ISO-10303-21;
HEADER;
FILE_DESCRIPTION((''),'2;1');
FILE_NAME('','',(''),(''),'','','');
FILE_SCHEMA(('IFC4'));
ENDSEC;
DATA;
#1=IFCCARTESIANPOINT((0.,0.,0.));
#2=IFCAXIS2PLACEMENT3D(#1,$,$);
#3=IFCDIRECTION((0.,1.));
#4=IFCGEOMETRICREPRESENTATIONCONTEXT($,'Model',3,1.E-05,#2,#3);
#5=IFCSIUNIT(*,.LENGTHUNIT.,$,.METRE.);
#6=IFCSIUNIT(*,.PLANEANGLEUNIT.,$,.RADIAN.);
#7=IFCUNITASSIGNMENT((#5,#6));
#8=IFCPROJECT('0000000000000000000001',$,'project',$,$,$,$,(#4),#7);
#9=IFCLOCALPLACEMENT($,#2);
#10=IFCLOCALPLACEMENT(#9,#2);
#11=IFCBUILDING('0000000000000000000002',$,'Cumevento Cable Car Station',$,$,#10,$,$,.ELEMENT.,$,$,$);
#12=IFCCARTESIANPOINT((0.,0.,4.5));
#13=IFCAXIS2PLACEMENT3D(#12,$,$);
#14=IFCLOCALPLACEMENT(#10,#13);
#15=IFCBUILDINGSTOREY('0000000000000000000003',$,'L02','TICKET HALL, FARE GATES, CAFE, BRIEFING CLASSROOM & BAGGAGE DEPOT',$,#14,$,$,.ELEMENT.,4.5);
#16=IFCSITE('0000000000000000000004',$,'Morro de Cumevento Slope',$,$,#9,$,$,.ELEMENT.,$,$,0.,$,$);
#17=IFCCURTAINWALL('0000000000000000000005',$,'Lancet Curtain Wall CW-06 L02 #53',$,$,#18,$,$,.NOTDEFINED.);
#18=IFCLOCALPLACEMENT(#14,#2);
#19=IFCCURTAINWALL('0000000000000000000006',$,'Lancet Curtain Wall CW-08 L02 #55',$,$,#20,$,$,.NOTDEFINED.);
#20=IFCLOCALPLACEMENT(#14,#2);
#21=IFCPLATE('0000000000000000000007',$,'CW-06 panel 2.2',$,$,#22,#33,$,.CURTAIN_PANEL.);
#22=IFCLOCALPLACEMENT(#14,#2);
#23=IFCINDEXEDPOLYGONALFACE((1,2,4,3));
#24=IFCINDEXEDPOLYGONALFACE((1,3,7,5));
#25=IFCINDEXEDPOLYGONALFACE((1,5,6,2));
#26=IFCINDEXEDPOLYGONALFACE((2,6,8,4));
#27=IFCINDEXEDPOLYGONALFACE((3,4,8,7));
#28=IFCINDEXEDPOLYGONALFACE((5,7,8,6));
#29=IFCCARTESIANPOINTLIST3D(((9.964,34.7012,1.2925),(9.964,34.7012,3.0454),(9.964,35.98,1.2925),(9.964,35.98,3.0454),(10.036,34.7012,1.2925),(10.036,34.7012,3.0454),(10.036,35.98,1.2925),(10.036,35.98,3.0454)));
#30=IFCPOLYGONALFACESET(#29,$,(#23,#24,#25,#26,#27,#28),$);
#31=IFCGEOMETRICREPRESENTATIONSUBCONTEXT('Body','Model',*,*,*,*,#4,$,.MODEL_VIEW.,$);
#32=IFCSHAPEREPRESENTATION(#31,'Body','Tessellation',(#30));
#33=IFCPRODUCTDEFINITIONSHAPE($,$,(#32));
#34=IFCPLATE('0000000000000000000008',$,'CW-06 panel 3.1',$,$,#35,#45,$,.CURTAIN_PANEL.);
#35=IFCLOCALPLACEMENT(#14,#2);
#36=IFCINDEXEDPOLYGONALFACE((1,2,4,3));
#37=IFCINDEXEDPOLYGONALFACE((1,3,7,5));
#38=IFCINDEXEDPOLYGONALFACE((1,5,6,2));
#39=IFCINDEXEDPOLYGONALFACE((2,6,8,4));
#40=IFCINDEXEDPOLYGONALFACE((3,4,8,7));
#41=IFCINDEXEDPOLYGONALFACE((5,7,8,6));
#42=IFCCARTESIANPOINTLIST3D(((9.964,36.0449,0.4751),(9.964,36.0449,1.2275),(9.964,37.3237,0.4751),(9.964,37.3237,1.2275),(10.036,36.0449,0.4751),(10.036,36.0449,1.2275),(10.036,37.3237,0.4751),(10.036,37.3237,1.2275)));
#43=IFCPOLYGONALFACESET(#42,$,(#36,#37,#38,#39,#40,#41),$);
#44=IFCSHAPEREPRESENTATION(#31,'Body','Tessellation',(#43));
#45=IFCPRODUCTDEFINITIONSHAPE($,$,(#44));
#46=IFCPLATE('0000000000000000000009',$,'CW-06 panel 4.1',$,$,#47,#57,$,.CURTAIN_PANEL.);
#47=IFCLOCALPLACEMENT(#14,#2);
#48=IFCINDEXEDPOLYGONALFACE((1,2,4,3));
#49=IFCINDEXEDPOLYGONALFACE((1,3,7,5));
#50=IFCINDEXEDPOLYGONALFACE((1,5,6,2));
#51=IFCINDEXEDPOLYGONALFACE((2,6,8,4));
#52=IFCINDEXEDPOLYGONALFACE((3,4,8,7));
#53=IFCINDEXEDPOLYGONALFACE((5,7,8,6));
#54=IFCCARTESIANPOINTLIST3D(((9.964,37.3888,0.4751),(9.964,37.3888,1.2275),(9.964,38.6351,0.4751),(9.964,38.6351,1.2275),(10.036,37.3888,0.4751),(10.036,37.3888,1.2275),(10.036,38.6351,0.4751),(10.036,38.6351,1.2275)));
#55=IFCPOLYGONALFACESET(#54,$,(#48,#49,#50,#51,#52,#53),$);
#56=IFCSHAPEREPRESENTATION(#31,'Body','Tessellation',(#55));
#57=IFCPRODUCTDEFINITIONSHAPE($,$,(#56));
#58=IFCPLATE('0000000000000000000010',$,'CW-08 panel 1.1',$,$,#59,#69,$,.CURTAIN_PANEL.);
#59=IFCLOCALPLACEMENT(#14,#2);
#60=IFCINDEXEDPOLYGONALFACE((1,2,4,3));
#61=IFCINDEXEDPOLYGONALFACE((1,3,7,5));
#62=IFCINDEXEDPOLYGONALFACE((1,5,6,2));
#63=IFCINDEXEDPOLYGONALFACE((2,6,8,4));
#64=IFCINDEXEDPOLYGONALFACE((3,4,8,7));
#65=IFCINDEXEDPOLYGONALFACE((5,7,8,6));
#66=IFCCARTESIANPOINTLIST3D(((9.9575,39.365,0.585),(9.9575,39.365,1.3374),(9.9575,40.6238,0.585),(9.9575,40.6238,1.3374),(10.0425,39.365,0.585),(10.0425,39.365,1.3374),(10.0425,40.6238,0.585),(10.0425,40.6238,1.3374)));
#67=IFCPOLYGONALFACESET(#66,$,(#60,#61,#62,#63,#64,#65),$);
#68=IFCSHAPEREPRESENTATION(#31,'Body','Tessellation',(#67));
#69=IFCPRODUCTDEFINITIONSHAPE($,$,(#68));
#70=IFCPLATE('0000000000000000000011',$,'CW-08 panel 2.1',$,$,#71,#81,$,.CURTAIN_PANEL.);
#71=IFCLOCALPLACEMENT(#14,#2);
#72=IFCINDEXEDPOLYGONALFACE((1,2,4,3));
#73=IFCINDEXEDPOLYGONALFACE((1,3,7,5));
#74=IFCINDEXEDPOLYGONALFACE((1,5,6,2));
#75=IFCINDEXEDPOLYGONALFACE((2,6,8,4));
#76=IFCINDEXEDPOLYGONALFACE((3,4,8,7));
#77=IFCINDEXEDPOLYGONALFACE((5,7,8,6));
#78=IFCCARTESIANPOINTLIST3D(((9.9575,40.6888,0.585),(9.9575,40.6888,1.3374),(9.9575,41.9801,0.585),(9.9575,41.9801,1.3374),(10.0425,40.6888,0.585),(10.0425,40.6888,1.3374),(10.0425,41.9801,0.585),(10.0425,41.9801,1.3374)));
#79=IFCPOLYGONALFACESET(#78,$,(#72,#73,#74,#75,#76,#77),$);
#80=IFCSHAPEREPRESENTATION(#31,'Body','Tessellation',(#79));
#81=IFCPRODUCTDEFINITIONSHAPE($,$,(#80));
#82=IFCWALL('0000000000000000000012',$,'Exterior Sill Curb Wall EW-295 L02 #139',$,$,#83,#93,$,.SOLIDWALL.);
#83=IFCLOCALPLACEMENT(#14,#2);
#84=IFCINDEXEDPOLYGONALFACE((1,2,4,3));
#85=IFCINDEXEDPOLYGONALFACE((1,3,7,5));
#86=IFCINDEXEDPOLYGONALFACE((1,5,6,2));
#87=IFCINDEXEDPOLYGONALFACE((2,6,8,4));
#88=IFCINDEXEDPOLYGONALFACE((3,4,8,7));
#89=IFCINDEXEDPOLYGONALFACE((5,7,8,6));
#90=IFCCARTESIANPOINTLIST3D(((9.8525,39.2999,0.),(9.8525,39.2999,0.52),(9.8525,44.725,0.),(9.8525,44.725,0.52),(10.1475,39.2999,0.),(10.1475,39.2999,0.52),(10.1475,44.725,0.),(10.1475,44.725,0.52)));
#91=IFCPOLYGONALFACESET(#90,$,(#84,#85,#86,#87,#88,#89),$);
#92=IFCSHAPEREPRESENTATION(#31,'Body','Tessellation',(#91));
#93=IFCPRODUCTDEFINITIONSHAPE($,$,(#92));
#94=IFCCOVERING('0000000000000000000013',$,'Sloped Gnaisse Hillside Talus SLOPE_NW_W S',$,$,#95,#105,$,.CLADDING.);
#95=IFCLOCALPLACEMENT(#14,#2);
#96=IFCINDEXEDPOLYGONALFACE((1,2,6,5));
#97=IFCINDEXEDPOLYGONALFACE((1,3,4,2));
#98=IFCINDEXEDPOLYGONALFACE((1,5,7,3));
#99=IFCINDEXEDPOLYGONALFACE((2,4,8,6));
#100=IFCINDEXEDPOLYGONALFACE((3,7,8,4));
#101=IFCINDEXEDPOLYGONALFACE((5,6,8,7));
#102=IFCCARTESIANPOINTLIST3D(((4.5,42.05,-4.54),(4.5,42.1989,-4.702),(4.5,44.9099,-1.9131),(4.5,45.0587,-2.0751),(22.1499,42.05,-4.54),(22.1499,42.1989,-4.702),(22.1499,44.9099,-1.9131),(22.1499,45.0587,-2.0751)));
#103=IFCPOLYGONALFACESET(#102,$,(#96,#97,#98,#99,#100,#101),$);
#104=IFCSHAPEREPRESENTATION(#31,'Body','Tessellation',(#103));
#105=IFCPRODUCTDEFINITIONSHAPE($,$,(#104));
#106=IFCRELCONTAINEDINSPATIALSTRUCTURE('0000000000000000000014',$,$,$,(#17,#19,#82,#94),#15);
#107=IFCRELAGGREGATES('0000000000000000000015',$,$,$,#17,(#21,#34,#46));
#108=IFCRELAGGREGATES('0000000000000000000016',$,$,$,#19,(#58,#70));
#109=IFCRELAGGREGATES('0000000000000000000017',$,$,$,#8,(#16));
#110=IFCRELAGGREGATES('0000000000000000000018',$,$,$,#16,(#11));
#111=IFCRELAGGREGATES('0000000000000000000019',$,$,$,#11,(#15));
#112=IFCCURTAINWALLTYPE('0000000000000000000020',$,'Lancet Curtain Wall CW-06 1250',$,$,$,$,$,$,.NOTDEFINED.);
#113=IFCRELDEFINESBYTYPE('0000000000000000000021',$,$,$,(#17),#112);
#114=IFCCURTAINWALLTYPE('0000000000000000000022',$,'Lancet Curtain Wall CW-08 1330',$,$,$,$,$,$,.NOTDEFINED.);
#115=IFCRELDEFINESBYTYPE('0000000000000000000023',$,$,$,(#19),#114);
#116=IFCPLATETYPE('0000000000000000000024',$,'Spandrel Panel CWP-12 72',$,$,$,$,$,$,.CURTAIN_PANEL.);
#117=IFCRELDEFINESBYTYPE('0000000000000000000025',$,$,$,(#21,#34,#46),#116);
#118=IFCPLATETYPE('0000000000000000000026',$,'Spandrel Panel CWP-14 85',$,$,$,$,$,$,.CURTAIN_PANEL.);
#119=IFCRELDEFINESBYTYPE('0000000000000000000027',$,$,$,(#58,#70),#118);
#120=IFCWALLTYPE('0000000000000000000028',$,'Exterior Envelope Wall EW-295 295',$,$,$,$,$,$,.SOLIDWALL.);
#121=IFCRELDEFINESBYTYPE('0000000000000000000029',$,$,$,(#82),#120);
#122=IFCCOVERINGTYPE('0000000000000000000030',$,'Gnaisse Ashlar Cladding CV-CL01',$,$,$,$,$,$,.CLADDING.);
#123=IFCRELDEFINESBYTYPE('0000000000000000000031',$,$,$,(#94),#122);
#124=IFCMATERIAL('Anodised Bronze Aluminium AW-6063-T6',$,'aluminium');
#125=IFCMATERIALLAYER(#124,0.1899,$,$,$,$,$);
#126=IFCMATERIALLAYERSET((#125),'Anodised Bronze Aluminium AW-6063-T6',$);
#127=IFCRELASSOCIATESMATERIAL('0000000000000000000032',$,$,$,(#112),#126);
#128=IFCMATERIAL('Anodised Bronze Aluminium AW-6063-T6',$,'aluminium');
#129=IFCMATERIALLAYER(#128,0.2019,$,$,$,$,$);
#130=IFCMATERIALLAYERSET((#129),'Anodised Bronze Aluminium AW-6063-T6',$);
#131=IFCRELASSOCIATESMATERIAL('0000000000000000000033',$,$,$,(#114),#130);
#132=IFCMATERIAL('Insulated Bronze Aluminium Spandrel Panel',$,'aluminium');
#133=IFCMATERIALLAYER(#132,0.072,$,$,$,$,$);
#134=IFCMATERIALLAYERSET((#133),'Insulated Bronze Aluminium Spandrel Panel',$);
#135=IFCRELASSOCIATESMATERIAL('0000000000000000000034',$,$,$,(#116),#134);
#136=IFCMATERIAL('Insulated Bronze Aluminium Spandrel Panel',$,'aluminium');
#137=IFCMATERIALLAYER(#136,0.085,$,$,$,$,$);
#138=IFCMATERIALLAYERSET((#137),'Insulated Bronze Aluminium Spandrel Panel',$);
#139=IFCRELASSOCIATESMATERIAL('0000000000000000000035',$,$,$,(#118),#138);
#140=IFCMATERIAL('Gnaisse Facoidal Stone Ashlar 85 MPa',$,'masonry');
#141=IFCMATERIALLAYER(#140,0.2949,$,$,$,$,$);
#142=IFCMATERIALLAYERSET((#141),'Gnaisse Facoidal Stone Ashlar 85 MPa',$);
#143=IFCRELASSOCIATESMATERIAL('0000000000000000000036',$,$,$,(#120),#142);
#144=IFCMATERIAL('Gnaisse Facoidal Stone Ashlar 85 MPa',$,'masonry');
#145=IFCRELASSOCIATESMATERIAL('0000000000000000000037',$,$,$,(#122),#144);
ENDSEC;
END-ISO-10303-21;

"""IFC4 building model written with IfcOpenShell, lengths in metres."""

from ifc_helpers import new_model, si_unit, direction, frame, frame_2d, origin, origin_2d, place, context, subcontext, project, spatial, polyline, rectangle, outline, extrude, material, layer, layer_set, type_object, element, aggregate, save


model = new_model("IFC4")

# Units and contexts
model_context = context("Model", 3, precision=1e-05, world=origin(), true_north=direction((0.0, 1.0)))
body_context = subcontext(model_context, "Body", "Model", "MODEL_VIEW")
ifc_project = project(units=[si_unit("LENGTHUNIT", "METRE"), si_unit("PLANEANGLEUNIT", "RADIAN")], contexts=[model_context])

# Site, building, storey
site_placement = place(None, origin())
site = spatial("IfcSite", under=ifc_project, at=site_placement, Name="Morro de Cumevento Slope", CompositionType="ELEMENT", RefElevation=0.0)
building_placement = place(site_placement, origin())
building = spatial("IfcBuilding", under=site, at=building_placement, Name="Cumevento Cable Car Station", CompositionType="ELEMENT")
storey_placement = place(building_placement, frame((0.0, 0.0, 4.5)))
storey = spatial("IfcBuildingStorey", under=building, at=storey_placement, Name="L02", Description="TICKET HALL, FARE GATES, CAFE, BRIEFING CLASSROOM & BAGGAGE DEPOT", CompositionType="ELEMENT", Elevation=4.5)

# Curtain walls
ifc_material_1 = material(Name="Anodised Bronze Aluminium AW-6063-T6", Category="aluminium")
ifc_layer_1 = layer(ifc_material_1, 0.1899)
ifc_layer_set_1 = layer_set([ifc_layer_1], Name="Anodised Bronze Aluminium AW-6063-T6")
curtain_wall_type_1 = type_object("IfcCurtainWallType", Name="Lancet Curtain Wall CW-06 1250", PredefinedType="NOTDEFINED", material=ifc_layer_set_1)
curtain_wall_1_placement = place(storey_placement, origin())
curtain_wall_1 = element("IfcCurtainWall", 1, at=curtain_wall_1_placement, inside=storey, type_object=curtain_wall_type_1, Name="Lancet Curtain Wall CW-06 L02 #53", PredefinedType="NOTDEFINED")
ifc_material_2 = material(Name="Anodised Bronze Aluminium AW-6063-T6", Category="aluminium")
ifc_layer_2 = layer(ifc_material_2, 0.2019)
ifc_layer_set_2 = layer_set([ifc_layer_2], Name="Anodised Bronze Aluminium AW-6063-T6")
curtain_wall_type_2 = type_object("IfcCurtainWallType", Name="Lancet Curtain Wall CW-08 1330", PredefinedType="NOTDEFINED", material=ifc_layer_set_2)
curtain_wall_2_placement = place(storey_placement, origin())
curtain_wall_2 = element("IfcCurtainWall", 2, at=curtain_wall_2_placement, inside=storey, type_object=curtain_wall_type_2, Name="Lancet Curtain Wall CW-08 L02 #55", PredefinedType="NOTDEFINED")

# Plates
ifc_material_3 = material(Name="Insulated Bronze Aluminium Spandrel Panel", Category="aluminium")
ifc_layer_3 = layer(ifc_material_3, 0.072)
ifc_layer_set_3 = layer_set([ifc_layer_3], Name="Insulated Bronze Aluminium Spandrel Panel")
plate_type_1 = type_object("IfcPlateType", Name="Spandrel Panel CWP-12 72", PredefinedType="CURTAIN_PANEL", material=ifc_layer_set_3)
plate_1_placement = place(storey_placement, frame((10.0, 35.3406, 1.2925), z_axis=(0.0, 0.0, 1.0), x_axis=(0.0, 1.0, 0.0)))
plate_1 = element("IfcPlate", 3, at=plate_1_placement, type_object=plate_type_1, Name="CW-06 panel 2.2", PredefinedType="CURTAIN_PANEL", context=body_context, shape_type="SweptSolid", body=[
    extrude(rectangle(XDim=1.2788, YDim=0.072, at=origin_2d()), origin(), (0.0, 0.0, 1.0), 1.7529),
])
plate_2_placement = place(storey_placement, frame((10.0, 36.6843, 0.4751), z_axis=(0.0, 0.0, 1.0), x_axis=(0.0, 1.0, 0.0)))
plate_2 = element("IfcPlate", 4, at=plate_2_placement, type_object=plate_type_1, Name="CW-06 panel 3.1", PredefinedType="CURTAIN_PANEL", context=body_context, shape_type="SweptSolid", body=[
    extrude(rectangle(XDim=1.2788, YDim=0.072, at=origin_2d()), origin(), (0.0, 0.0, 1.0), 0.7524),
])
plate_3_placement = place(storey_placement, frame((10.0, 38.012, 0.4751), z_axis=(0.0, 0.0, 1.0), x_axis=(0.0, 1.0, 0.0)))
plate_3 = element("IfcPlate", 5, at=plate_3_placement, type_object=plate_type_1, Name="CW-06 panel 4.1", PredefinedType="CURTAIN_PANEL", context=body_context, shape_type="SweptSolid", body=[
    extrude(rectangle(XDim=1.2463, YDim=0.072, at=origin_2d()), origin(), (0.0, 0.0, 1.0), 0.7524),
])
aggregate(curtain_wall_1, [plate_1, plate_2, plate_3])
ifc_material_4 = material(Name="Insulated Bronze Aluminium Spandrel Panel", Category="aluminium")
ifc_layer_4 = layer(ifc_material_4, 0.085)
ifc_layer_set_4 = layer_set([ifc_layer_4], Name="Insulated Bronze Aluminium Spandrel Panel")
plate_type_2 = type_object("IfcPlateType", Name="Spandrel Panel CWP-14 85", PredefinedType="CURTAIN_PANEL", material=ifc_layer_set_4)
plate_4_placement = place(storey_placement, frame((10.0, 39.9944, 0.585), z_axis=(0.0, 0.0, 1.0), x_axis=(0.0, 1.0, 0.0)))
plate_4 = element("IfcPlate", 6, at=plate_4_placement, type_object=plate_type_2, Name="CW-08 panel 1.1", PredefinedType="CURTAIN_PANEL", context=body_context, shape_type="SweptSolid", body=[
    extrude(rectangle(XDim=1.2588, YDim=0.085, at=origin_2d()), origin(), (0.0, 0.0, 1.0), 0.7524),
])
plate_5_placement = place(storey_placement, frame((10.0, 41.3345, 0.585), z_axis=(0.0, 0.0, 1.0), x_axis=(0.0, 1.0, 0.0)))
plate_5 = element("IfcPlate", 7, at=plate_5_placement, type_object=plate_type_2, Name="CW-08 panel 2.1", PredefinedType="CURTAIN_PANEL", context=body_context, shape_type="SweptSolid", body=[
    extrude(rectangle(XDim=1.2913, YDim=0.085, at=origin_2d()), origin(), (0.0, 0.0, 1.0), 0.7524),
])
aggregate(curtain_wall_2, [plate_4, plate_5])

# Wall
ifc_material_5 = material(Name="Gnaisse Facoidal Stone Ashlar 85 MPa", Category="masonry")
ifc_layer_5 = layer(ifc_material_5, 0.2949)
ifc_layer_set_5 = layer_set([ifc_layer_5], Name="Gnaisse Facoidal Stone Ashlar 85 MPa")
wall_type = type_object("IfcWallType", Name="Exterior Envelope Wall EW-295 295", PredefinedType="SOLIDWALL", material=ifc_layer_set_5)
wall_placement = place(storey_placement, frame((10.0, 39.3, 0.0), z_axis=(0.0, 0.0, 1.0), x_axis=(0.0, 1.0, 0.0)))
element("IfcWall", 8, at=wall_placement, inside=storey, type_object=wall_type, Name="Exterior Sill Curb Wall EW-295 L02 #139", PredefinedType="SOLIDWALL", context=body_context, shape_type="SweptSolid", body=[
    extrude(rectangle(XDim=5.425, YDim=0.2949, at=frame_2d((2.7124, 0.0))), origin(), (0.0, 0.0, 1.0), 0.52),
])

# Covering
ifc_material_6 = material(Name="Gnaisse Facoidal Stone Ashlar 85 MPa", Category="masonry")
covering_type = type_object("IfcCoveringType", Name="Gnaisse Ashlar Cladding CV-CL01", PredefinedType="CLADDING", material=ifc_material_6)
covering_1_placement = place(storey_placement, frame((4.5, 42.05, -4.54), z_axis=(0.0, -0.676482, 0.73646), x_axis=(1.0, 0.0, 0.0)))
element("IfcCovering", 9, at=covering_1_placement, inside=storey, type_object=covering_type, Name="Sloped Gnaisse Hillside Talus SLOPE_NW_W S", PredefinedType="CLADDING", context=body_context, shape_type="SweptSolid", body=[
    extrude(outline(polyline([(0.0, 0.0), (17.6499, 0.0), (17.6499, 3.8833), (0.0, 3.8833), (0.0, 0.0)])), origin(), (0.0, 0.0, -1.0), 0.22),
])

save(model, "model.ifc")
